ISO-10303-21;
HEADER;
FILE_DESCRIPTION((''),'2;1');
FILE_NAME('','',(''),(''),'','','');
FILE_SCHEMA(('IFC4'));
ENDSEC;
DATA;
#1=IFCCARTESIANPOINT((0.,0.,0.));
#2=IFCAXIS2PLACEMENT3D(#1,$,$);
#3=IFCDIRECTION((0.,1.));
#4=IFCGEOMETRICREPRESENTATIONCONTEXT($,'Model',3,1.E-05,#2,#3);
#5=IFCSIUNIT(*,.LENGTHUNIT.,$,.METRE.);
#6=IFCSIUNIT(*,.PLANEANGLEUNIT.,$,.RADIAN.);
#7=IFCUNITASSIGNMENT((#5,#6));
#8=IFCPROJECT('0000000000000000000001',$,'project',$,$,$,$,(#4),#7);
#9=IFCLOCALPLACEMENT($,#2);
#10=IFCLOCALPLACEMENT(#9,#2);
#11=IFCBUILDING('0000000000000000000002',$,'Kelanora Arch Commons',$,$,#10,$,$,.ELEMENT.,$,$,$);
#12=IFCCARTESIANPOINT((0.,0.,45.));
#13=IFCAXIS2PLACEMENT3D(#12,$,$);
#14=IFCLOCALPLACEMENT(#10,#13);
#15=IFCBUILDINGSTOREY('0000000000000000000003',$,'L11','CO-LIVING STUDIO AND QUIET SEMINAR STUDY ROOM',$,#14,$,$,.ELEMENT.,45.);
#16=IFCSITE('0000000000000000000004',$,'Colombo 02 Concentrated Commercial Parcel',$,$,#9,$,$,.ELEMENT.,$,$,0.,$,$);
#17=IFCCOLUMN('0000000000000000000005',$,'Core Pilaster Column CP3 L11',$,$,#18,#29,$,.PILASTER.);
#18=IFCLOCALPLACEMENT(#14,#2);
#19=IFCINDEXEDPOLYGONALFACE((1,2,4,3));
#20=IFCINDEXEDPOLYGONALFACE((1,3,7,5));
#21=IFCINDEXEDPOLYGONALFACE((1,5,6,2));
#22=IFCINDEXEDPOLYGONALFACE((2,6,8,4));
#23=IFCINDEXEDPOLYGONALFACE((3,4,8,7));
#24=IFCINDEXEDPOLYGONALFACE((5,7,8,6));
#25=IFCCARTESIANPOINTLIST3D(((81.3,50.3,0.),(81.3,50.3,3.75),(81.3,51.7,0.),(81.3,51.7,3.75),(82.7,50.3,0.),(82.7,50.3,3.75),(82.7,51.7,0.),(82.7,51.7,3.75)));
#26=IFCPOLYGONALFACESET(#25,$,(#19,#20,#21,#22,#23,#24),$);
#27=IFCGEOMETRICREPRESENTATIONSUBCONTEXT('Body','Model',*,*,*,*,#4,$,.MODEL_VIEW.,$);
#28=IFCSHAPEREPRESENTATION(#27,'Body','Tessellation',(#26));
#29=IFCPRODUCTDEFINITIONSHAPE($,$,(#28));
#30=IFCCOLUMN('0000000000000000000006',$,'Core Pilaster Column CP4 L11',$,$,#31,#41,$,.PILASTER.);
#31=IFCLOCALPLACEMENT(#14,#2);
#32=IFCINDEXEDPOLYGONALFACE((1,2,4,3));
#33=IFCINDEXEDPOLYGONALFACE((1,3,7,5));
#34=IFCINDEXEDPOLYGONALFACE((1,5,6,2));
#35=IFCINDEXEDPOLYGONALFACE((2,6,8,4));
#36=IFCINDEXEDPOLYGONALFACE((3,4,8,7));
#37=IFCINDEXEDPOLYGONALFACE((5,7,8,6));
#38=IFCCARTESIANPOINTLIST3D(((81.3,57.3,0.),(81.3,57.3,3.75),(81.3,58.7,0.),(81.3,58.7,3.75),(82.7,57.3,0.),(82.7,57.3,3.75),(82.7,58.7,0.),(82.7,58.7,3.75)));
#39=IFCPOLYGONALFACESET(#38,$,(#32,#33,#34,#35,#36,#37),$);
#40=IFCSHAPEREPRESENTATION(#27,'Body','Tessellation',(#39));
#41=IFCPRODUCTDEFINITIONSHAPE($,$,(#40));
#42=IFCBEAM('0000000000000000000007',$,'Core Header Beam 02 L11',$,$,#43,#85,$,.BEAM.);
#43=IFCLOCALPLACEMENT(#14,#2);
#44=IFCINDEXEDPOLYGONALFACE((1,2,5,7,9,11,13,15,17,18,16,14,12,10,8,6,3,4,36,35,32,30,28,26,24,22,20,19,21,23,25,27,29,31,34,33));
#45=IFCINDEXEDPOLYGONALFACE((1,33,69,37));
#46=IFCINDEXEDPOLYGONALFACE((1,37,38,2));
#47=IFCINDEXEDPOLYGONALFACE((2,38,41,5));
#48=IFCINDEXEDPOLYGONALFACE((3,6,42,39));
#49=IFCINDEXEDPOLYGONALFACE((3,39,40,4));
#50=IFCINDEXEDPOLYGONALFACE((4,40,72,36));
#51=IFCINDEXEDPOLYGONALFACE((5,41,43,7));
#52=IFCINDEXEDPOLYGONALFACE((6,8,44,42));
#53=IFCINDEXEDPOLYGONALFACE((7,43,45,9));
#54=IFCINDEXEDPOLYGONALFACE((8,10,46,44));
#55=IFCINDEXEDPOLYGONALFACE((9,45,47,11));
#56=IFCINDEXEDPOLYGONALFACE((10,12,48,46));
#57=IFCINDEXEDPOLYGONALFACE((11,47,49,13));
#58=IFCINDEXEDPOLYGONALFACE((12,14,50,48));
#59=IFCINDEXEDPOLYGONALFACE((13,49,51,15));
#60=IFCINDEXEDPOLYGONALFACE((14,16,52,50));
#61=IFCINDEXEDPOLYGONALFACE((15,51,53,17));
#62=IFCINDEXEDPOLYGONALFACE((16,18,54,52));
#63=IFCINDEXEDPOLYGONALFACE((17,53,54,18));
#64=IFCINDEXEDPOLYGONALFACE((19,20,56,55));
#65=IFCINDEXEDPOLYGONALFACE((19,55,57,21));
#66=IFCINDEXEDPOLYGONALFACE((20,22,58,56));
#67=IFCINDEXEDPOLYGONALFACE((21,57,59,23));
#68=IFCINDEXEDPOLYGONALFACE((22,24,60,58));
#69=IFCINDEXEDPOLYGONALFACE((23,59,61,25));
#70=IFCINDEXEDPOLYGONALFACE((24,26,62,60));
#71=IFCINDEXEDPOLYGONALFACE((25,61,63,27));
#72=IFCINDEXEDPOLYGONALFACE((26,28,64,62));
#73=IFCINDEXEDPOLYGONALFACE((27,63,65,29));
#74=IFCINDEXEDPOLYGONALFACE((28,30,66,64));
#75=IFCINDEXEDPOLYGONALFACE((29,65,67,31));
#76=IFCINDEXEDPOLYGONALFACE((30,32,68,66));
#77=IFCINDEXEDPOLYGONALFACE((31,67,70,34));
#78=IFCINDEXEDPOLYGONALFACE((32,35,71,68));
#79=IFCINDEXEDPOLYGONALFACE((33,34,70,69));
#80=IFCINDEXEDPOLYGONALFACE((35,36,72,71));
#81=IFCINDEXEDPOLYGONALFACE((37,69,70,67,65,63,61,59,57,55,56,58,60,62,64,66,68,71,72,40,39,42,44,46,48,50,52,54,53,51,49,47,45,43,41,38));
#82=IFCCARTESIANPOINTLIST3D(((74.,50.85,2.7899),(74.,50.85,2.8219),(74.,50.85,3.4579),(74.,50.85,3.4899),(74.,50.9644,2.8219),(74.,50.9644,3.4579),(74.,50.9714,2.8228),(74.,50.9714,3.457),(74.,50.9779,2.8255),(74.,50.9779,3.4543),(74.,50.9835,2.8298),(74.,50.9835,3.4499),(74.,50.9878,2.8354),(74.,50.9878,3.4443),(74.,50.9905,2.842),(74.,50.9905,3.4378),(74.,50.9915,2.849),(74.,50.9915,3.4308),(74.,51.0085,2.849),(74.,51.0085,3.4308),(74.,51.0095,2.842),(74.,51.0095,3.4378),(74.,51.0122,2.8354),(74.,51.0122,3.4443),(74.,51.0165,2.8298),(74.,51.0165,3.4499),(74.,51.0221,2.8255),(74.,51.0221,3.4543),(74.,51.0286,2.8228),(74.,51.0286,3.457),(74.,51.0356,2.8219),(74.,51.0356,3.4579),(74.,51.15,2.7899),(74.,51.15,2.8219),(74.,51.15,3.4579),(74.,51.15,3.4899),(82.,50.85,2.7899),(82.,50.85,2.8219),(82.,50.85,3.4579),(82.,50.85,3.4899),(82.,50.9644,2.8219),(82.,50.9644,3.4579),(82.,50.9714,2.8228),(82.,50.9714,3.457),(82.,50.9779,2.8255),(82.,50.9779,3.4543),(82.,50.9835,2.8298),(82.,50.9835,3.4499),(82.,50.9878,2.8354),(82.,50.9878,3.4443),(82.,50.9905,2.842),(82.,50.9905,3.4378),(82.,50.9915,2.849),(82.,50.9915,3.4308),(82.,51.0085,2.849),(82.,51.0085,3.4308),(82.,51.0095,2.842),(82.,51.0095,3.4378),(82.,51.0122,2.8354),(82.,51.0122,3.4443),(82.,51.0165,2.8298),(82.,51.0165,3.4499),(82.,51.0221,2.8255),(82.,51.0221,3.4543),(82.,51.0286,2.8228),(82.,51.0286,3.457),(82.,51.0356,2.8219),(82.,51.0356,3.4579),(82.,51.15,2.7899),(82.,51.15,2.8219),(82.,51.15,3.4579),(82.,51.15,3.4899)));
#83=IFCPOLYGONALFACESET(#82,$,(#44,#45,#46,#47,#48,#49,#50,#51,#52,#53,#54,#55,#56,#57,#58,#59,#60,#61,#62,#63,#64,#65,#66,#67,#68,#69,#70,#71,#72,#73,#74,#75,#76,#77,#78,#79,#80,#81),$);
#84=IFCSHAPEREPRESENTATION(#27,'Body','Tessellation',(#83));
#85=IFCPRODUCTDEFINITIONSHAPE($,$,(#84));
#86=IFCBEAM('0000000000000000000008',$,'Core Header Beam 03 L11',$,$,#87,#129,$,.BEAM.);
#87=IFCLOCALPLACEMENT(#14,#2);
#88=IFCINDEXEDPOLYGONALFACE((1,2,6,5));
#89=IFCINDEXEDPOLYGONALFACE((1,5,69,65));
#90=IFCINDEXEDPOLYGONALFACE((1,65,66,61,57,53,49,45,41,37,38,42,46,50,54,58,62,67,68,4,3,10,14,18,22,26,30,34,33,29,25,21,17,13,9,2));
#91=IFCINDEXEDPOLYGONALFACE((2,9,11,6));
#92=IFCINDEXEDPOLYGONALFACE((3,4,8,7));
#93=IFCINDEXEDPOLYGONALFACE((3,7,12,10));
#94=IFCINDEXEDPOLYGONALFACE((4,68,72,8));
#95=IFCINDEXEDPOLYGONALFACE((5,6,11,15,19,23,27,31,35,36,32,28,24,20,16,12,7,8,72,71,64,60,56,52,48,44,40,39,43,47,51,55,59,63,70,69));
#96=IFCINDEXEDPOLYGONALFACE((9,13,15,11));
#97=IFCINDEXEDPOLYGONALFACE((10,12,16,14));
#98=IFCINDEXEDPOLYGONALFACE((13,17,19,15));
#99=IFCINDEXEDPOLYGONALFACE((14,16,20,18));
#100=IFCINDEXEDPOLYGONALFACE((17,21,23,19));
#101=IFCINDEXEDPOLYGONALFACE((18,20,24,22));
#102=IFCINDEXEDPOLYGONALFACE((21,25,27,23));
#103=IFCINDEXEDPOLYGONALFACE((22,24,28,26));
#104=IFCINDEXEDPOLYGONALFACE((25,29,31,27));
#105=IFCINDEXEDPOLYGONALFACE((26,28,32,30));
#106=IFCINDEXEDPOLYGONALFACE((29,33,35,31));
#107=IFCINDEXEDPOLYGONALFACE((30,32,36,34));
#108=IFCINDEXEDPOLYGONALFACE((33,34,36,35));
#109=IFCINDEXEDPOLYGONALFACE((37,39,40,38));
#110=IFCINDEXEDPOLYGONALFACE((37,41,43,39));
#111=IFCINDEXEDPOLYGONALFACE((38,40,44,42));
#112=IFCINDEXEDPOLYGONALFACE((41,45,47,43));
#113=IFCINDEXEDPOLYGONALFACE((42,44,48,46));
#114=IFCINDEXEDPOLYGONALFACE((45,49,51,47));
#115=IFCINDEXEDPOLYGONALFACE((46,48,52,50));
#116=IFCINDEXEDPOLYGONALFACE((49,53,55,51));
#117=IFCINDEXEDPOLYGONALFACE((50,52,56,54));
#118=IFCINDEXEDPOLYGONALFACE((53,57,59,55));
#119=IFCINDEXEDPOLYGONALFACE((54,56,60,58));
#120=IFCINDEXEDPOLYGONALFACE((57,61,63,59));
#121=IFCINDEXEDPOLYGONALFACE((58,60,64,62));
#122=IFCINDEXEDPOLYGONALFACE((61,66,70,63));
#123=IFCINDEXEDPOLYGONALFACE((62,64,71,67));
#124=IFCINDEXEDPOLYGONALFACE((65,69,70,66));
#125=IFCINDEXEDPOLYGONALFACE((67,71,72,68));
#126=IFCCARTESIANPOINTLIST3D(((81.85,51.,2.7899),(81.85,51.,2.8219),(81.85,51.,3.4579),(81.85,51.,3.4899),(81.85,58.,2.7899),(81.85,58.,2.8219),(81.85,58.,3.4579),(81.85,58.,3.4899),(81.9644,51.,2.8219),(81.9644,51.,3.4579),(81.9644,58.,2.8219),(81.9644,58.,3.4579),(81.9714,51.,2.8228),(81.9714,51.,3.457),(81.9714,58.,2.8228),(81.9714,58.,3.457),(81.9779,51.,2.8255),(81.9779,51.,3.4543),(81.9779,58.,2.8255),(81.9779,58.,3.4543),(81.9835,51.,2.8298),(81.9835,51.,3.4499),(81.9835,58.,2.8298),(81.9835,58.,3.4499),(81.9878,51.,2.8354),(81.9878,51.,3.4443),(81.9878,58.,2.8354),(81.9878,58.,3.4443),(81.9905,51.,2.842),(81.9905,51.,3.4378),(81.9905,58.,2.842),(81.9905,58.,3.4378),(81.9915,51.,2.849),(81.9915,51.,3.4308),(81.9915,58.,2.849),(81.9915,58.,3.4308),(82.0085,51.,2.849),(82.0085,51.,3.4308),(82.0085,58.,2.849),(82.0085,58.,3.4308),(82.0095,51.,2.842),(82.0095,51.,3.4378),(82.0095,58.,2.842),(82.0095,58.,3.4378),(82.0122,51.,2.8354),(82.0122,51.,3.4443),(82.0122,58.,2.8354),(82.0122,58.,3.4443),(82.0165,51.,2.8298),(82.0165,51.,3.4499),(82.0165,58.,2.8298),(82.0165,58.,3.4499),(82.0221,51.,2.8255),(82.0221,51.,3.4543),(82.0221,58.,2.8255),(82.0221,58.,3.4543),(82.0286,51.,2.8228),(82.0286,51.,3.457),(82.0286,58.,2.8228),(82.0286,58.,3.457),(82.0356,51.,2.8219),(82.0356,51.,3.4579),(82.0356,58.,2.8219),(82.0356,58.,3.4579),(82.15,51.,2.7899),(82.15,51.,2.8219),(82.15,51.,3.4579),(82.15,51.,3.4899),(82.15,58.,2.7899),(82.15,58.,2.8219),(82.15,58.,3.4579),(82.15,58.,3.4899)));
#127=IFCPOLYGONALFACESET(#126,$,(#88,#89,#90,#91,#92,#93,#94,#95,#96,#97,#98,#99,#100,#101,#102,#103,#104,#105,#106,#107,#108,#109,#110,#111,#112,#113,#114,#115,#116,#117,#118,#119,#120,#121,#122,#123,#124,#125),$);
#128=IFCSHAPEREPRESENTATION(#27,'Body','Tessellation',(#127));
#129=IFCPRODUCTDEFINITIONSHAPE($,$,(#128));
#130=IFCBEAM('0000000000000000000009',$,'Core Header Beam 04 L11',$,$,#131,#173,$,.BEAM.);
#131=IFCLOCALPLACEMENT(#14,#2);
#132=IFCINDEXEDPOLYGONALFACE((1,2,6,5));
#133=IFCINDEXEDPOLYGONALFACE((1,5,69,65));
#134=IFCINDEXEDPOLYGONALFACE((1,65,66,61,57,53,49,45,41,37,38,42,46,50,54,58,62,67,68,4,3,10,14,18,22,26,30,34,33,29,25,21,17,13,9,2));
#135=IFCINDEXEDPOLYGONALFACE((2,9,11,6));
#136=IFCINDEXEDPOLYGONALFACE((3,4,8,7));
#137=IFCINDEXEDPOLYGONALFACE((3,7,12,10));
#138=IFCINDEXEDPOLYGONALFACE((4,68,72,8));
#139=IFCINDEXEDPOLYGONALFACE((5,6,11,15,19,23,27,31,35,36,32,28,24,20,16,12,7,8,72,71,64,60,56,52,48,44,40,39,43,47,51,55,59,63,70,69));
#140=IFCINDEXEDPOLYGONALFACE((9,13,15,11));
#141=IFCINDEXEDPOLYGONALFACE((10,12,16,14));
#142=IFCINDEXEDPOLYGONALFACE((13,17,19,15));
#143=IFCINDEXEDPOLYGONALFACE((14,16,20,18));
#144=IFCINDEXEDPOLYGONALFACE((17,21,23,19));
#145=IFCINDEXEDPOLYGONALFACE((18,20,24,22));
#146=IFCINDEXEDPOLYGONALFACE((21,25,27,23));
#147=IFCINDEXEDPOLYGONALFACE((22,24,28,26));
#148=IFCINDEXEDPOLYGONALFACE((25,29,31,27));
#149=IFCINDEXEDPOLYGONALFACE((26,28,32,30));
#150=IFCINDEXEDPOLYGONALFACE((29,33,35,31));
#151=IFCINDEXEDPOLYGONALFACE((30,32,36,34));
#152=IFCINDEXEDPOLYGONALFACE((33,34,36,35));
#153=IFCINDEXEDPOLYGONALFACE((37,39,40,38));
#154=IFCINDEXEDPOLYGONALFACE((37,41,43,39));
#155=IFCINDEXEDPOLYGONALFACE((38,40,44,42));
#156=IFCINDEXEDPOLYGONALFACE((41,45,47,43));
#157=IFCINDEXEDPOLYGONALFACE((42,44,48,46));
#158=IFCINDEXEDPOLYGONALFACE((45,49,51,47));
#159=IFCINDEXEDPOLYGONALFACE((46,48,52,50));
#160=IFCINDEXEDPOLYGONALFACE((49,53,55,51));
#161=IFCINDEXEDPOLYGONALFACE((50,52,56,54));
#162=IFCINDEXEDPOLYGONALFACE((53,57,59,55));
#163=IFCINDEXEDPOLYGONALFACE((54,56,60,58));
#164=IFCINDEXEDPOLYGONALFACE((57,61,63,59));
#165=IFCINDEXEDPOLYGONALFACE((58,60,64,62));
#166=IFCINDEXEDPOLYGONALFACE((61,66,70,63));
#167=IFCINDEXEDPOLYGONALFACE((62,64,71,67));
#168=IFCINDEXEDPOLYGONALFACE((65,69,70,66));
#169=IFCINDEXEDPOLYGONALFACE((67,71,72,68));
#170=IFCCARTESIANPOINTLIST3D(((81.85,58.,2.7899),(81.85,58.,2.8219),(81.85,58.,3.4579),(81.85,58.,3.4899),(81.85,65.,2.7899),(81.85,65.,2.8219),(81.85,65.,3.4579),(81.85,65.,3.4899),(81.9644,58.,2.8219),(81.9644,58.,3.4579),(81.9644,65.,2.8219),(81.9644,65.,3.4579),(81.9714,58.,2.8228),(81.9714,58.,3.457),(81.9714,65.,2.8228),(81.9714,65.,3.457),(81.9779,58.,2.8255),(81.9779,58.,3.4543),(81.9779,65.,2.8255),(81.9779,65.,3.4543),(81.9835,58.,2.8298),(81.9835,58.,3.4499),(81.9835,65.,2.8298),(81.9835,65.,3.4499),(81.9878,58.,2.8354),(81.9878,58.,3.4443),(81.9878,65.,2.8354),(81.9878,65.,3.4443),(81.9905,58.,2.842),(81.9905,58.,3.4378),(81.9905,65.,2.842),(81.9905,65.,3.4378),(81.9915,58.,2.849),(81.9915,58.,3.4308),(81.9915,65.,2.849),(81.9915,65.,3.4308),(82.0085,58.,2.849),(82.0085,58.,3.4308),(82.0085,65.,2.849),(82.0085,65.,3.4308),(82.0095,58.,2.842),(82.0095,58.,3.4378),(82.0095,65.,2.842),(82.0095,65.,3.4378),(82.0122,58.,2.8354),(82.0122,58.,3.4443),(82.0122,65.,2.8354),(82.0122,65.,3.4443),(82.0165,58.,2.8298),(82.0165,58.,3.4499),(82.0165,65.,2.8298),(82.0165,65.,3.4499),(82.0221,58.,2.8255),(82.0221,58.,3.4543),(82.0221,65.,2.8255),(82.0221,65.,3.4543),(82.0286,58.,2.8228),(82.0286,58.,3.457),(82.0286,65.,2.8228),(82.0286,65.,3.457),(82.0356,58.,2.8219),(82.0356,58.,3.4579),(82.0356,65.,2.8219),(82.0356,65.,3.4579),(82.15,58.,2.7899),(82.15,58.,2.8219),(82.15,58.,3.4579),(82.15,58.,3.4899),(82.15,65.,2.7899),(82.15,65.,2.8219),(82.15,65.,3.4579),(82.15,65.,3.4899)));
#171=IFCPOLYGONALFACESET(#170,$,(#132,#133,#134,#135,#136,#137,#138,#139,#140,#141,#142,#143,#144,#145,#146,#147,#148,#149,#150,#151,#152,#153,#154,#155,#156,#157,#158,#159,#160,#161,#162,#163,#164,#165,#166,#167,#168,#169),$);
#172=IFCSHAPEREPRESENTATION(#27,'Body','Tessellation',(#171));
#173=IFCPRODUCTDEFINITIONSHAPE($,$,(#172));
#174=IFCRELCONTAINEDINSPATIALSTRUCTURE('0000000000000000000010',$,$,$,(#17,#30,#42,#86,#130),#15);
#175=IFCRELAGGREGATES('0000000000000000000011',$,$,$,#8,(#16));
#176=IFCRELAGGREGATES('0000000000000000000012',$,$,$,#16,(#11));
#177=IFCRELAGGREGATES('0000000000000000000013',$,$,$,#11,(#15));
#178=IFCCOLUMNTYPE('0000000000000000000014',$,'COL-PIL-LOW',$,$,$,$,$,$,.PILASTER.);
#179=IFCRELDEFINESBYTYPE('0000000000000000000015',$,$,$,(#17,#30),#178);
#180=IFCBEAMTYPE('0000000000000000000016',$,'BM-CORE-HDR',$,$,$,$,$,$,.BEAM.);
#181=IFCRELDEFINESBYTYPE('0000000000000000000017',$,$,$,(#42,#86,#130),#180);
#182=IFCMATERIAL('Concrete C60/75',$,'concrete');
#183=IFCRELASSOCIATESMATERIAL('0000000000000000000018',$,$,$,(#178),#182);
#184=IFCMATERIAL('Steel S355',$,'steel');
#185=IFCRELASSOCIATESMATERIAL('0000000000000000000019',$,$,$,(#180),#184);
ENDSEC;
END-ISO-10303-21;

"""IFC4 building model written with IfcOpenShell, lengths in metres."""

from ifc_helpers import new_model, si_unit, direction, frame, origin, origin_2d, place, context, subcontext, project, spatial, rectangle, i_section, extrude, material, material_profile, profile_set, type_object, element, save


model = new_model("IFC4")

# Units and contexts
model_context = context("Model", 3, precision=1e-05, world=origin(), true_north=direction((0.0, 1.0)))
body_context = subcontext(model_context, "Body", "Model", "MODEL_VIEW")
ifc_project = project(units=[si_unit("LENGTHUNIT", "METRE"), si_unit("PLANEANGLEUNIT", "RADIAN")], contexts=[model_context])

# Site, building, storey
site_placement = place(None, origin())
site = spatial("IfcSite", under=ifc_project, at=site_placement, Name="Colombo 02 Concentrated Commercial Parcel", CompositionType="ELEMENT", RefElevation=0.0)
building_placement = place(site_placement, origin())
building = spatial("IfcBuilding", under=site, at=building_placement, Name="Kelanora Arch Commons", CompositionType="ELEMENT")
storey_placement = place(building_placement, frame((0.0, 0.0, 45.0)))
storey = spatial("IfcBuildingStorey", under=building, at=storey_placement, Name="L11", Description="CO-LIVING STUDIO AND QUIET SEMINAR STUDY ROOM", CompositionType="ELEMENT", Elevation=45.0)

# Columns
ifc_material_1 = material(Name="Concrete C60/75", Category="concrete")
ifc_material_profile_1 = material_profile(ifc_material_1, rectangle(XDim=1.3999, YDim=1.3999, at=origin_2d()), Name="RC1400x1400")
ifc_profile_set_1 = profile_set([ifc_material_profile_1], Name="Concrete C60/75")
column_type = type_object("IfcColumnType", Name="COL-PIL-LOW", PredefinedType="PILASTER", material=ifc_profile_set_1)
for number, where, z_axis, x_axis, name in (
    (1, (82.0, 51.0, 0.0), (0.0, 0.0, 1.0), (1.0, 0.0, 0.0), "Core Pilaster Column CP3 L11"),
    (2, (82.0, 58.0, 0.0), (0.0, 0.0, 1.0), (1.0, 0.0, 0.0), "Core Pilaster Column CP4 L11"),
):
    element("IfcColumn", number, at=place(storey_placement, frame(where, z_axis=z_axis, x_axis=x_axis)), inside=storey, type_object=column_type, Name=name, PredefinedType="PILASTER", context=body_context, shape_type="SweptSolid", body=[
        extrude(rectangle(XDim=1.3999, YDim=1.3999, at=origin_2d()), origin(), (0.0, 0.0, 1.0), 3.75),
    ])

# Beams
ifc_material_2 = material(Name="Steel S355", Category="steel")
ifc_material_profile_2 = material_profile(ifc_material_2, i_section(OverallWidth=0.3, OverallDepth=0.7, WebThickness=0.0171, FlangeThickness=0.032, FilletRadius=0.0271, at=origin_2d()), Name="HEB700")
ifc_profile_set_2 = profile_set([ifc_material_profile_2], Name="Steel S355")
beam_type_1 = type_object("IfcBeamType", Name="BM-CORE-HDR", PredefinedType="BEAM", material=ifc_profile_set_2)
beam_1_placement = place(storey_placement, frame((74.0, 51.0, 3.1399), z_axis=(1.0, 0.0, 0.0), x_axis=(0.0, 1.0, 0.0)))
element("IfcBeam", 3, at=beam_1_placement, inside=storey, type_object=beam_type_1, Name="Core Header Beam 02 L11", PredefinedType="BEAM", context=body_context, shape_type="SweptSolid", body=[
    extrude(i_section(OverallWidth=0.3, OverallDepth=0.7, WebThickness=0.0171, FlangeThickness=0.032, FilletRadius=0.0271, at=origin_2d()), origin(), (0.0, 0.0, 1.0), 8.0),
])
for number, where, z_axis, x_axis, name in (
    (4, (82.0, 51.0, 3.1399), (0.0, 1.0, 0.0), (-1.0, 0.0, 0.0), "Core Header Beam 03 L11"),
    (5, (82.0, 58.0, 3.1399), (0.0, 1.0, 0.0), (-1.0, 0.0, 0.0), "Core Header Beam 04 L11"),
):
    element("IfcBeam", number, at=place(storey_placement, frame(where, z_axis=z_axis, x_axis=x_axis)), inside=storey, type_object=beam_type_1, Name=name, PredefinedType="BEAM", context=body_context, shape_type="SweptSolid", body=[
        extrude(i_section(OverallWidth=0.3, OverallDepth=0.7, WebThickness=0.0171, FlangeThickness=0.032, FilletRadius=0.0271, at=origin_2d()), origin(), (0.0, 0.0, 1.0), 7.0),
    ])

save(model, "model.ifc")
